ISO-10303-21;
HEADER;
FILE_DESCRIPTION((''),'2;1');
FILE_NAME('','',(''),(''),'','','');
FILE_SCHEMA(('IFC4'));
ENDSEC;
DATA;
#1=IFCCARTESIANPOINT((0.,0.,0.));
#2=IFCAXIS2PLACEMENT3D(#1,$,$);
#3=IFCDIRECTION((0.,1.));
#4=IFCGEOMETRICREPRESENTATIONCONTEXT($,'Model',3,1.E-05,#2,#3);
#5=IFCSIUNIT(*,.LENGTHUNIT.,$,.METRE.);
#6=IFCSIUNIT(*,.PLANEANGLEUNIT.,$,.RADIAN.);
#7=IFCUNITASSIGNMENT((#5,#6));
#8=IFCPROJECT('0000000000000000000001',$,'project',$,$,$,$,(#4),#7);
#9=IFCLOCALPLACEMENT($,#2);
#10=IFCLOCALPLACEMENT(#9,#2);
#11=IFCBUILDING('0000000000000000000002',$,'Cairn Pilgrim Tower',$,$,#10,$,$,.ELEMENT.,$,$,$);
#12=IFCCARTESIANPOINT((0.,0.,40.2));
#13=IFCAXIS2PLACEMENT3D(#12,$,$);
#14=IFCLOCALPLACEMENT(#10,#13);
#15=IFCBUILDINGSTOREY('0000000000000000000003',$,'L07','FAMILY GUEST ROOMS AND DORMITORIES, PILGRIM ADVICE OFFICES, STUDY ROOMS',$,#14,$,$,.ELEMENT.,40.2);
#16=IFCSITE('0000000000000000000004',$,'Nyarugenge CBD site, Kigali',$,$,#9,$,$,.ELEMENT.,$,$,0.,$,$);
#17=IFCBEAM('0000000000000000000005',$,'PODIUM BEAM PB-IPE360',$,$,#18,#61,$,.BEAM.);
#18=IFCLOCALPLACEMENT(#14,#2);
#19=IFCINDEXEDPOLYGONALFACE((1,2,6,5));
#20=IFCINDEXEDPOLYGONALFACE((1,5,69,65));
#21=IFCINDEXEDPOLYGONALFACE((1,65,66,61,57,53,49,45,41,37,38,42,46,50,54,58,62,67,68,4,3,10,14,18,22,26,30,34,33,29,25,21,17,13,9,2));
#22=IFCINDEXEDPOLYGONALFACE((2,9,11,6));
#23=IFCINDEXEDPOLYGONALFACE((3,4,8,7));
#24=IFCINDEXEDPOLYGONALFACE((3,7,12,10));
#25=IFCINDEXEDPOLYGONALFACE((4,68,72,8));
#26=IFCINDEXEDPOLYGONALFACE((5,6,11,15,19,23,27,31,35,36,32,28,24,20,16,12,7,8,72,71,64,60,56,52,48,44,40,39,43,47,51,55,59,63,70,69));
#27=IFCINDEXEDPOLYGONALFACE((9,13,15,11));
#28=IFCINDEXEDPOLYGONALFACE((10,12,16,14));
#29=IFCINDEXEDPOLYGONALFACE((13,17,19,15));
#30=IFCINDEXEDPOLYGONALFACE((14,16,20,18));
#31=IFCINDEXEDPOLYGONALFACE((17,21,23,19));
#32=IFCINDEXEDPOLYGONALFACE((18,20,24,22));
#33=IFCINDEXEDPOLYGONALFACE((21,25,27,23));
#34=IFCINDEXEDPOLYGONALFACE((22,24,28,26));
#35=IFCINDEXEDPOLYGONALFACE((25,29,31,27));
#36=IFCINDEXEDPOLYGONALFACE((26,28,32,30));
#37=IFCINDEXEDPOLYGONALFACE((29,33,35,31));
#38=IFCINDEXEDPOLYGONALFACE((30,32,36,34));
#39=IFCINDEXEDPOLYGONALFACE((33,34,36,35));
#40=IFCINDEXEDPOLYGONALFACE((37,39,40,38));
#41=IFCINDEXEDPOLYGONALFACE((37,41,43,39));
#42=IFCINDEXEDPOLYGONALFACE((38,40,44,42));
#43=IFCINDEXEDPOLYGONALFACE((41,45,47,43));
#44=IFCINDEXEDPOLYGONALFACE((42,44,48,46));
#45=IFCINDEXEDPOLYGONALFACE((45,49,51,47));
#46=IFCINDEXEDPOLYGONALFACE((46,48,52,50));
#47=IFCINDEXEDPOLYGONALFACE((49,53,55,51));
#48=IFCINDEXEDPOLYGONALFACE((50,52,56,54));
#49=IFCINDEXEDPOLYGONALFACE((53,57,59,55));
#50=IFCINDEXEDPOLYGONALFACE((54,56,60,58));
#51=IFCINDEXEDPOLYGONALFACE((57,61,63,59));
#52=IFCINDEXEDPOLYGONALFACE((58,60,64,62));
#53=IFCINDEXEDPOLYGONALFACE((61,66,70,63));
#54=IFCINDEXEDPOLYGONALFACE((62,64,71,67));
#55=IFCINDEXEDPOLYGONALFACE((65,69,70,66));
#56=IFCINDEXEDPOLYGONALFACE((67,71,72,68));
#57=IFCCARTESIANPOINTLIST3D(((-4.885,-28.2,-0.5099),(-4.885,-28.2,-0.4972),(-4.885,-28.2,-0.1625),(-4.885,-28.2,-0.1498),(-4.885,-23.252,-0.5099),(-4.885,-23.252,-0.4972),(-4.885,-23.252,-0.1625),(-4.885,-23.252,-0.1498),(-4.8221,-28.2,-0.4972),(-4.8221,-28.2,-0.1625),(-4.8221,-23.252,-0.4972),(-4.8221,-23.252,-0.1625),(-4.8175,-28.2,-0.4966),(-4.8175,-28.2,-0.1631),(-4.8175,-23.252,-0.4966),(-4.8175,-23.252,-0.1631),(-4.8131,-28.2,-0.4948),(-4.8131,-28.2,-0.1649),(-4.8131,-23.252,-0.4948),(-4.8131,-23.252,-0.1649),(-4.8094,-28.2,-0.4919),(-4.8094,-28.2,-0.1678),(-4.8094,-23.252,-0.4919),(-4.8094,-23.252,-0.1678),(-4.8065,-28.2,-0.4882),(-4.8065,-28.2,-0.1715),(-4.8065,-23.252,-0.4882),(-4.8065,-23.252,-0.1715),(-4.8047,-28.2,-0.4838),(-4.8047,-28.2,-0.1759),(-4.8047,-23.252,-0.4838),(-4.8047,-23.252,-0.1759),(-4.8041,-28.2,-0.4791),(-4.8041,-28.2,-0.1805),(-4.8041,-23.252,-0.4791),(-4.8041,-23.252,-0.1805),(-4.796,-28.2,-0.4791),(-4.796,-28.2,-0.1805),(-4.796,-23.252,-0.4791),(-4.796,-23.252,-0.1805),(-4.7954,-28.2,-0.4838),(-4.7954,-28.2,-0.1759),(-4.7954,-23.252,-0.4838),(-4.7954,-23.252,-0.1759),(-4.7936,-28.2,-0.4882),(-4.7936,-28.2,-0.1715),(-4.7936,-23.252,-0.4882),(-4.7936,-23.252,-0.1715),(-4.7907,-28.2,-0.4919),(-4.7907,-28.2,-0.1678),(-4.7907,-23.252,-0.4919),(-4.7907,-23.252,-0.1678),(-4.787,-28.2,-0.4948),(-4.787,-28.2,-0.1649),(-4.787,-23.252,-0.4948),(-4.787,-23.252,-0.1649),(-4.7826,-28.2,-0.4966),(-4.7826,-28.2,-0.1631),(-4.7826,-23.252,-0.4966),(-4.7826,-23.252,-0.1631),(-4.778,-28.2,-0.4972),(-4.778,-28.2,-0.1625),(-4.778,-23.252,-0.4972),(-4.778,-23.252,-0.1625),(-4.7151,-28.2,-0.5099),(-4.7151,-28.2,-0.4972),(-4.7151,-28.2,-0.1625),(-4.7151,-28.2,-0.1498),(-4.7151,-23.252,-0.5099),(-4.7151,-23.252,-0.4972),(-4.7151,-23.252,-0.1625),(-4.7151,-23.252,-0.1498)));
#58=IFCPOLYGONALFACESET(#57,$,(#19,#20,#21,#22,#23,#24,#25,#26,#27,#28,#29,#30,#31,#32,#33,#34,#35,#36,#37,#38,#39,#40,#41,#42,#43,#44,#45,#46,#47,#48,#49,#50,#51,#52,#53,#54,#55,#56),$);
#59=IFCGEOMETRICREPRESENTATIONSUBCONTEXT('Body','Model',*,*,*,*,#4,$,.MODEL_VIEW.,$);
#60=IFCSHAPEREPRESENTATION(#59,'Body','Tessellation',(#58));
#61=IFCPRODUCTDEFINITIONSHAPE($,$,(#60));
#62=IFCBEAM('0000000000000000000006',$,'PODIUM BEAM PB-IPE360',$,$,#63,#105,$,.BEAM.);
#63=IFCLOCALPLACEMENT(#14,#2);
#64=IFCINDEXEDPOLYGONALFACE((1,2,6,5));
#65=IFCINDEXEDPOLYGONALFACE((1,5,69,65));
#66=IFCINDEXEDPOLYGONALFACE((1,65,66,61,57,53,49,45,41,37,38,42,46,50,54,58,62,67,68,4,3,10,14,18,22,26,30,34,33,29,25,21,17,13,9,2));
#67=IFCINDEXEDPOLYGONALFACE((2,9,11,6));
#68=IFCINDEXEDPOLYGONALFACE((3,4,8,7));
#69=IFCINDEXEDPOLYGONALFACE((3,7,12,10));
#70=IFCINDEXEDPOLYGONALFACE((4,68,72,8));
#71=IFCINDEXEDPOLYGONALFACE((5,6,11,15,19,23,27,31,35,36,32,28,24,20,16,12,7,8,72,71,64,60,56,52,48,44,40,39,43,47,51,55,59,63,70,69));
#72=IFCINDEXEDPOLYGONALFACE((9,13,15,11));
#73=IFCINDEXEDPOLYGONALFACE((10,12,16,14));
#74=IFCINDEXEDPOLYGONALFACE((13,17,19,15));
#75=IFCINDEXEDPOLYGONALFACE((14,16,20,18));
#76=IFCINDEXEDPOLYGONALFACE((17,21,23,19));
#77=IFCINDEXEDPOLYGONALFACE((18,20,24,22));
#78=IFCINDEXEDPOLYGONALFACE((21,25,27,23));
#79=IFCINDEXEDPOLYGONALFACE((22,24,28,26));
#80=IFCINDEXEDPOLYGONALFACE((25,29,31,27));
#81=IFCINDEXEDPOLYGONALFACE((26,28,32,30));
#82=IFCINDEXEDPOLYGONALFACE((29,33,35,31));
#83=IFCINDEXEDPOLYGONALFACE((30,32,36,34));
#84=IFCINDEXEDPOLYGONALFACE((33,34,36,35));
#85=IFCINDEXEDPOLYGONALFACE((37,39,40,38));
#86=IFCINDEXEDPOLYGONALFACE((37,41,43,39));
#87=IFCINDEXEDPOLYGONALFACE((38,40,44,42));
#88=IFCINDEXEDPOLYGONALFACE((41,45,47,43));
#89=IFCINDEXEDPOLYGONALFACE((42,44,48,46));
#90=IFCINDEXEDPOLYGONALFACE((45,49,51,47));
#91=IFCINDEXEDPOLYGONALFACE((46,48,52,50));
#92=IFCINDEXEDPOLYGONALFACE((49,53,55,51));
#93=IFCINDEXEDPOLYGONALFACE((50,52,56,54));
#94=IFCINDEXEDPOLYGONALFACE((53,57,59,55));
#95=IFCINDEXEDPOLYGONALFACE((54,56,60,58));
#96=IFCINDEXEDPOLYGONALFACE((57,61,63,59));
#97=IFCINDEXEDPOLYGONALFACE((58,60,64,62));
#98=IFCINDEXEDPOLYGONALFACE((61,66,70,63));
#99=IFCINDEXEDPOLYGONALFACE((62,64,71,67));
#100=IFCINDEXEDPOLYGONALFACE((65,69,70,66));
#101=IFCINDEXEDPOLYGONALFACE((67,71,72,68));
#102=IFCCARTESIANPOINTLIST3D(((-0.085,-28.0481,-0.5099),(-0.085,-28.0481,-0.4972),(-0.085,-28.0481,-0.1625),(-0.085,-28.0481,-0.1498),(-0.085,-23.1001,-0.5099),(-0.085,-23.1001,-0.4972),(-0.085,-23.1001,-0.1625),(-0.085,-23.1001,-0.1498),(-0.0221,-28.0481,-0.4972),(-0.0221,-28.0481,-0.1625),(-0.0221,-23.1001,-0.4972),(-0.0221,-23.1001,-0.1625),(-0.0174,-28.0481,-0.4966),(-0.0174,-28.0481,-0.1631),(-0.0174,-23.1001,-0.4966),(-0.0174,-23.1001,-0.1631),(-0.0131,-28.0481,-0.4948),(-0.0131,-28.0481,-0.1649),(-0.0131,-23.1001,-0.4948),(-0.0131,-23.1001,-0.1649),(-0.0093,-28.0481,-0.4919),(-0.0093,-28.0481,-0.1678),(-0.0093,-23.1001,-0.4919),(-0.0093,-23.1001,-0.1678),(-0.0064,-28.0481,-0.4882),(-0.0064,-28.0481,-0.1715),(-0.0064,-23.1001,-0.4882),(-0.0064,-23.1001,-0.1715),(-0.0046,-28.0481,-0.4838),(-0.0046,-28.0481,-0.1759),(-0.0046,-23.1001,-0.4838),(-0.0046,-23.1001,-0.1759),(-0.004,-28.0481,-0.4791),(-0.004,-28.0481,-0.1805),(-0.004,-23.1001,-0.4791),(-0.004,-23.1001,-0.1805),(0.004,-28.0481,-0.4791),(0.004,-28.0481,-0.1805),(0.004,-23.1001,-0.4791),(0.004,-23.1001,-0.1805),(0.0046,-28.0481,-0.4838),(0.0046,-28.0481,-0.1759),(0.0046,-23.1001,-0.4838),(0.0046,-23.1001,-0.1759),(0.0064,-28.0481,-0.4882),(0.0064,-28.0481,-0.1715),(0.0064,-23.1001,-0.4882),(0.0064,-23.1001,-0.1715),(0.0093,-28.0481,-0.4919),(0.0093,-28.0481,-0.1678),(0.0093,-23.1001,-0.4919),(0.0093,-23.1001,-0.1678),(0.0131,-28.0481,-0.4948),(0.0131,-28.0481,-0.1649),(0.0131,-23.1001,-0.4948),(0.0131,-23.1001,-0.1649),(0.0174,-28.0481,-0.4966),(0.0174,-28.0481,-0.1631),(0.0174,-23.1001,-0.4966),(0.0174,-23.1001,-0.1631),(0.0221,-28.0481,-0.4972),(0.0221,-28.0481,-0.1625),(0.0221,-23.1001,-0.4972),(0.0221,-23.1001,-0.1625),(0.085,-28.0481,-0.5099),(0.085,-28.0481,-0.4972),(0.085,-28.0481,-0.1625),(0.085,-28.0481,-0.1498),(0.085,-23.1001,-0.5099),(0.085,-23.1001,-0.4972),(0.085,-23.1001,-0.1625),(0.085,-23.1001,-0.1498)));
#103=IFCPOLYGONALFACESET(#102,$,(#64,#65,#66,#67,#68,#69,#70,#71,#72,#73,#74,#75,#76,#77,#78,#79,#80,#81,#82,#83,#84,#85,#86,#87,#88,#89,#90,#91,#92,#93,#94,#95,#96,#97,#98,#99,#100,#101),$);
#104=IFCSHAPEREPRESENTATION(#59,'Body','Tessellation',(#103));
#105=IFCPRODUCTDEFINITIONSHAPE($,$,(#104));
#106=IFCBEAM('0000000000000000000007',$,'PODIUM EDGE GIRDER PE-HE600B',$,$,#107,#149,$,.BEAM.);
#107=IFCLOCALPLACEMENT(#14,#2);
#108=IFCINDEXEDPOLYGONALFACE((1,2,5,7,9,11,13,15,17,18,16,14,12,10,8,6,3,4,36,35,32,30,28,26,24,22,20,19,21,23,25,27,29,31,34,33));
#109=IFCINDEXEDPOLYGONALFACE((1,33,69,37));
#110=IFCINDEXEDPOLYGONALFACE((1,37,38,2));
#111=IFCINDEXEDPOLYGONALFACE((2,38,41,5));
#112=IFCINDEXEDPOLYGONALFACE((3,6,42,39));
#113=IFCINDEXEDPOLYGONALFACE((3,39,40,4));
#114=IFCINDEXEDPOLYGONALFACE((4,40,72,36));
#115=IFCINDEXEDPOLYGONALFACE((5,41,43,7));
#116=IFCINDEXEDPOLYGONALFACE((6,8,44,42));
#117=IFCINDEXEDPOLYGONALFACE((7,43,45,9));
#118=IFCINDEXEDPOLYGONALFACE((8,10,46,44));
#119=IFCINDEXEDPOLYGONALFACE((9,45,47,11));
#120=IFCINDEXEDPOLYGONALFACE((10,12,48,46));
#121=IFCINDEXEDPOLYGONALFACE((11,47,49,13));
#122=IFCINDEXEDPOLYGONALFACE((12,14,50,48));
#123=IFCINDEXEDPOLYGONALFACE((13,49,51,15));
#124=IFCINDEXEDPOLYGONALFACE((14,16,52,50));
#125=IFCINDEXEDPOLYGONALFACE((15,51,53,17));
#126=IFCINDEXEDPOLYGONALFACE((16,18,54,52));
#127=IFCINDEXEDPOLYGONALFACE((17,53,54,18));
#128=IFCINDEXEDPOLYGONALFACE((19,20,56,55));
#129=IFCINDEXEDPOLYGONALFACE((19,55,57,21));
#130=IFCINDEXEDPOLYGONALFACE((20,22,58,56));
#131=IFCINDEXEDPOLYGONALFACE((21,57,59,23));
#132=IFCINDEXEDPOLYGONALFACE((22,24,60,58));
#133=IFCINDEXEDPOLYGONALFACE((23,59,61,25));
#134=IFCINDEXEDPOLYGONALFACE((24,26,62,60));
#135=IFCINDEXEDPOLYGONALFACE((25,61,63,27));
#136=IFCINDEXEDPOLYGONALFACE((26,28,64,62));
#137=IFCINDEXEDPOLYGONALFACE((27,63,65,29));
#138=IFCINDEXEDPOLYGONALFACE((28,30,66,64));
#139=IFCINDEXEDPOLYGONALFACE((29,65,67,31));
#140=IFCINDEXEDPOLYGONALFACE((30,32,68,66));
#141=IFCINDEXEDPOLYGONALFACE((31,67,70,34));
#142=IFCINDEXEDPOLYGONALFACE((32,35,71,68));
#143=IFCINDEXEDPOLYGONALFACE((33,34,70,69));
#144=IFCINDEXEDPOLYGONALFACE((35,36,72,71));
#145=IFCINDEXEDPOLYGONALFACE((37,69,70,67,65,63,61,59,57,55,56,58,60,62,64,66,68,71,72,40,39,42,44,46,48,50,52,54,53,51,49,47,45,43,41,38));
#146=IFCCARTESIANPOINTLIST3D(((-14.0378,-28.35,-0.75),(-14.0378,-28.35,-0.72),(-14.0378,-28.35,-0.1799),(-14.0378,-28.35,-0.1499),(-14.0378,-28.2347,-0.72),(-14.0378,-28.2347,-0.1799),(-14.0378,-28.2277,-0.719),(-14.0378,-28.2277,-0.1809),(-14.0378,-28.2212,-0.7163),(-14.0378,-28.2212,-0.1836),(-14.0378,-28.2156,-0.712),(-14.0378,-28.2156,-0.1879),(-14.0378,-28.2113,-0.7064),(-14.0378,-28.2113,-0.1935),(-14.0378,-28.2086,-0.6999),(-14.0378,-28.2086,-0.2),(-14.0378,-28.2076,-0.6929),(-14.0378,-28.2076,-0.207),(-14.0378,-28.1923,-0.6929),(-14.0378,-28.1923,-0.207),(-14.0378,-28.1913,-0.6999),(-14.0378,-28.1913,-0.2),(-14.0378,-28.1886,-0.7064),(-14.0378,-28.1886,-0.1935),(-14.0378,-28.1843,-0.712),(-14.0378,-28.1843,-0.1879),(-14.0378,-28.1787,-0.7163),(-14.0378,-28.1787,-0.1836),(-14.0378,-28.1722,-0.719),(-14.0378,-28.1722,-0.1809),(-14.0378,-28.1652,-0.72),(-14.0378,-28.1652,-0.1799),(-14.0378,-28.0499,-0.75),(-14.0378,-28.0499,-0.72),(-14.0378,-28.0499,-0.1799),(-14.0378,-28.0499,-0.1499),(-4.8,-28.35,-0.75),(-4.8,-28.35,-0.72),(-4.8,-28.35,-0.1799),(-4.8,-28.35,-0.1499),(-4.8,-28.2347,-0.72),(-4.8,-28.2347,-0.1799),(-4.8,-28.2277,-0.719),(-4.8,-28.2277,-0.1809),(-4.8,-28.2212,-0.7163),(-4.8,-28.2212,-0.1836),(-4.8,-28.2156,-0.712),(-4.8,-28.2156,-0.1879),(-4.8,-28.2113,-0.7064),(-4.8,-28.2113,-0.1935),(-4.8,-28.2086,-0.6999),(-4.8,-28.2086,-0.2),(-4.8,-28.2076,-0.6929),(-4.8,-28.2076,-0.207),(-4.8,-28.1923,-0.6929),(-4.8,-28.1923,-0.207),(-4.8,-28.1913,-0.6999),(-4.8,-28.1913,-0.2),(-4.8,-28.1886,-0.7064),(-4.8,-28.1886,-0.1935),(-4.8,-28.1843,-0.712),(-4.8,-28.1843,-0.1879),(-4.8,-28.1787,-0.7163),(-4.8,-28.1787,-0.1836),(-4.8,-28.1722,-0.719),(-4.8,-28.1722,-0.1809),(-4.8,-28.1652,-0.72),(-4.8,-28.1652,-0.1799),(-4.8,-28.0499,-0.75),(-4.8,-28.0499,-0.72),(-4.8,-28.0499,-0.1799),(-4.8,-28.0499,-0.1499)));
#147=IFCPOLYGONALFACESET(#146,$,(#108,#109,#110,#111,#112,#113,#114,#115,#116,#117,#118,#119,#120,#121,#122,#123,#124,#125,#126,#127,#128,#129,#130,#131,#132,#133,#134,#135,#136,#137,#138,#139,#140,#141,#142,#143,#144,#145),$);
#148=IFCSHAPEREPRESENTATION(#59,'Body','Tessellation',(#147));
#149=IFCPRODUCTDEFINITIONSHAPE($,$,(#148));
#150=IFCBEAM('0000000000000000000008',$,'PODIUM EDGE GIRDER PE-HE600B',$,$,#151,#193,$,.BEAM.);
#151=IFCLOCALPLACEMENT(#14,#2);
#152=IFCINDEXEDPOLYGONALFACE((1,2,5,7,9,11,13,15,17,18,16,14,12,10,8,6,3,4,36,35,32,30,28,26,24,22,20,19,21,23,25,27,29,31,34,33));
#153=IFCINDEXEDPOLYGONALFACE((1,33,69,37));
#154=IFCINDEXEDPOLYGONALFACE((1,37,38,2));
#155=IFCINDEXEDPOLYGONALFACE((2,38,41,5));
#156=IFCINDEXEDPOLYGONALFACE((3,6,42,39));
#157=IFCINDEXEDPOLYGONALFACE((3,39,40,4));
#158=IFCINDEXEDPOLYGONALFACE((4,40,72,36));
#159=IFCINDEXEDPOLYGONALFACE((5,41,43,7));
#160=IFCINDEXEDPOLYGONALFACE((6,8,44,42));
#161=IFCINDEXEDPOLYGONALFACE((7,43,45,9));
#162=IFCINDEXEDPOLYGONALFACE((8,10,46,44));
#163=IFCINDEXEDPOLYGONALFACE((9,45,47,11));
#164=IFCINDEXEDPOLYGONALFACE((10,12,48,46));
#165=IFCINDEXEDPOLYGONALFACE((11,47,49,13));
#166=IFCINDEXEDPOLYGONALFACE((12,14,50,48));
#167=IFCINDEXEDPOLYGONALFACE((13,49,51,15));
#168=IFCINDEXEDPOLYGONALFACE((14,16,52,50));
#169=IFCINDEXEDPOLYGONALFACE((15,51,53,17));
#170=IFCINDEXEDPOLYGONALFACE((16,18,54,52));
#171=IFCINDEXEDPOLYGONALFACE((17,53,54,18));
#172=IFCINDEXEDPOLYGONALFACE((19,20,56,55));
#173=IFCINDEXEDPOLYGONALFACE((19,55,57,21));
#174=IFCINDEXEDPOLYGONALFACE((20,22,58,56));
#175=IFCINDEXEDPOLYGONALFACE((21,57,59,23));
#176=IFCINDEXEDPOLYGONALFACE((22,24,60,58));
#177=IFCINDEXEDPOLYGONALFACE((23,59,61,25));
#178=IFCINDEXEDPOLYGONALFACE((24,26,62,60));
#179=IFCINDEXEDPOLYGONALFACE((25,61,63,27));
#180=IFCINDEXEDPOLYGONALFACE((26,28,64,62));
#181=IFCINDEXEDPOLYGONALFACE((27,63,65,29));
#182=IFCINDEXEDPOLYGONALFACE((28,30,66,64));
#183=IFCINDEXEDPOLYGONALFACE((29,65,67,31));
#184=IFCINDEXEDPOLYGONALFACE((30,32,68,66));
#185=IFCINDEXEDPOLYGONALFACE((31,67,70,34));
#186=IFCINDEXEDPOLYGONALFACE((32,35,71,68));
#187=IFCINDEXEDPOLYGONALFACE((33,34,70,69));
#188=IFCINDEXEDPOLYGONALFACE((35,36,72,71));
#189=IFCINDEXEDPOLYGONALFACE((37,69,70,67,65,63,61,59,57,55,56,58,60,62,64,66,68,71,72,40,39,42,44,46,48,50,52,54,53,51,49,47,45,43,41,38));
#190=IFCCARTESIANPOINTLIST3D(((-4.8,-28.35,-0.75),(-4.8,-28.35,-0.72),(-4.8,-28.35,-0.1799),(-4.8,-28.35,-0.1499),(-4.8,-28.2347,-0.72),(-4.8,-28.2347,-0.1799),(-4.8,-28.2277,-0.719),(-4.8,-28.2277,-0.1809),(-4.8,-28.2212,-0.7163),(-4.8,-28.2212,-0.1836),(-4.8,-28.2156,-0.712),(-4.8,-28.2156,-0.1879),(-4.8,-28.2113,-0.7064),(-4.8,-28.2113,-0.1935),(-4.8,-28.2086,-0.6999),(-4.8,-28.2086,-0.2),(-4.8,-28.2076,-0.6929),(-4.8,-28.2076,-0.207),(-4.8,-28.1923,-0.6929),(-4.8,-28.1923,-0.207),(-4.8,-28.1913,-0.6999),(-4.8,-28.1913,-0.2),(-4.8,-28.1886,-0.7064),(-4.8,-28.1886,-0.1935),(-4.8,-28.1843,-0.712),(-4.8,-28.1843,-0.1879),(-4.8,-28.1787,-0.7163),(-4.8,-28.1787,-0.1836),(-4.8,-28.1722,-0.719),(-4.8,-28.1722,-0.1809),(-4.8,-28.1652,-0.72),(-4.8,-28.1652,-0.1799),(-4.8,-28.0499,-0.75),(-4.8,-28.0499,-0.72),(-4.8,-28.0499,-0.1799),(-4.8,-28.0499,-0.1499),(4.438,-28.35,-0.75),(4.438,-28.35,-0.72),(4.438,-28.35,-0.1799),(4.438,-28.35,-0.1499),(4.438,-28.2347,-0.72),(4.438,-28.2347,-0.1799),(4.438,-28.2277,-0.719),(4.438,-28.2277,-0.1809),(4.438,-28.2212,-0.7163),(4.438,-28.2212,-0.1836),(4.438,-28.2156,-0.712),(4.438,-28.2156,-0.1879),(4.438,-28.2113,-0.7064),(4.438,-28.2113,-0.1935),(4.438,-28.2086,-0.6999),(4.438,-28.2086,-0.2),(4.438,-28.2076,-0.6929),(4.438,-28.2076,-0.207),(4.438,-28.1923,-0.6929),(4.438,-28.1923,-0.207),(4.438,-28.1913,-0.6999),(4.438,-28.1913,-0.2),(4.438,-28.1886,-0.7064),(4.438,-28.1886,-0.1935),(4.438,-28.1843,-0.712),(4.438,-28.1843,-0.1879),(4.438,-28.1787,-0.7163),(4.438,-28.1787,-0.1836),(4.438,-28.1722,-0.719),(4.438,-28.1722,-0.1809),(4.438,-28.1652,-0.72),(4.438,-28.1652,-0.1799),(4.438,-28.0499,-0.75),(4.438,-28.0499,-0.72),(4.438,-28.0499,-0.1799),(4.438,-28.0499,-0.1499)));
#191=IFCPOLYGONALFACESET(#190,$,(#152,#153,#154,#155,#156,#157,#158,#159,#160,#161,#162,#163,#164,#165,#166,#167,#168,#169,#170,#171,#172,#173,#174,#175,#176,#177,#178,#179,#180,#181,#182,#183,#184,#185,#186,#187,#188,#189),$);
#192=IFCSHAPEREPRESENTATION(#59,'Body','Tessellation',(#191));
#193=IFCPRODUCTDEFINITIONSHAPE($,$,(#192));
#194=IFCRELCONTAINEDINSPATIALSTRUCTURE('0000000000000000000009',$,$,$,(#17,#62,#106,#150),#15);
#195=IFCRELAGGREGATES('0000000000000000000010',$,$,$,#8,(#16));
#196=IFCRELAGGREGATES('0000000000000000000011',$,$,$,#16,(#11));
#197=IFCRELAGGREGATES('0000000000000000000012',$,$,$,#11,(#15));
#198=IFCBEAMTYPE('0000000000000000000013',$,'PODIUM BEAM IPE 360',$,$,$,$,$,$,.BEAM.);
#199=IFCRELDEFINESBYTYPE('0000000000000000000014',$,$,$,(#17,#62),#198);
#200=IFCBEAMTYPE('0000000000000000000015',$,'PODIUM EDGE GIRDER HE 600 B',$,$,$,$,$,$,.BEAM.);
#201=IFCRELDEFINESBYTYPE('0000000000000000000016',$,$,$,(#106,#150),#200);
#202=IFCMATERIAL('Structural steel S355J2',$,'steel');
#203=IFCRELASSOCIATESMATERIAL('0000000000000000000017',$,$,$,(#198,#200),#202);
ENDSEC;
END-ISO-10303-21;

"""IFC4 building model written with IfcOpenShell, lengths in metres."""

from ifc_helpers import new_model, si_unit, direction, frame, origin, origin_2d, place, context, subcontext, project, spatial, i_section, extrude, material, material_profile, profile_set, type_object, element, save


model = new_model("IFC4")

# Units and contexts
model_context = context("Model", 3, precision=1e-05, world=origin(), true_north=direction((0.0, 1.0)))
body_context = subcontext(model_context, "Body", "Model", "MODEL_VIEW")
ifc_project = project(units=[si_unit("LENGTHUNIT", "METRE"), si_unit("PLANEANGLEUNIT", "RADIAN")], contexts=[model_context])

# Site, building, storey
site_placement = place(None, origin())
site = spatial("IfcSite", under=ifc_project, at=site_placement, Name="Nyarugenge CBD site, Kigali", CompositionType="ELEMENT", RefElevation=0.0)
building_placement = place(site_placement, origin())
building = spatial("IfcBuilding", under=site, at=building_placement, Name="Cairn Pilgrim Tower", CompositionType="ELEMENT")
storey_placement = place(building_placement, frame((0.0, 0.0, 40.2)))
storey = spatial("IfcBuildingStorey", under=building, at=storey_placement, Name="L07", Description="FAMILY GUEST ROOMS AND DORMITORIES, PILGRIM ADVICE OFFICES, STUDY ROOMS", CompositionType="ELEMENT", Elevation=40.2)

# Beams
ifc_material_1 = material(Name="Structural steel S355J2", Category="steel")
ifc_material_profile_1 = material_profile(ifc_material_1, i_section(OverallWidth=0.1699, OverallDepth=0.3601, WebThickness=0.0081, FlangeThickness=0.0127, FilletRadius=0.0181, at=origin_2d()), Name="IPE 360")
ifc_profile_set_1 = profile_set([ifc_material_profile_1], Name="Structural steel S355J2")
beam_type_1 = type_object("IfcBeamType", Name="PODIUM BEAM IPE 360", PredefinedType="BEAM", material=ifc_profile_set_1)
for number, where, z_axis, x_axis, name in (
    (1, (-4.8, -28.2, -0.3298), (0.0, 1.0, 0.0), (-1.0, 0.0, 0.0), "PODIUM BEAM PB-IPE360"),
    (2, (0.0, -28.0481, -0.3298), (0.0, 1.0, 0.0), (-1.0, 0.0, 0.0), "PODIUM BEAM PB-IPE360"),
):
    element("IfcBeam", number, at=place(storey_placement, frame(where, z_axis=z_axis, x_axis=x_axis)), inside=storey, type_object=beam_type_1, Name=name, PredefinedType="BEAM", context=body_context, shape_type="SweptSolid", body=[
        extrude(i_section(OverallWidth=0.1699, OverallDepth=0.3601, WebThickness=0.0081, FlangeThickness=0.0127, FilletRadius=0.0181, at=origin_2d()), origin(), (0.0, 0.0, 1.0), 4.948),
    ])
ifc_material_profile_2 = material_profile(ifc_material_1, i_section(OverallWidth=0.3, OverallDepth=0.6001, WebThickness=0.0154, FlangeThickness=0.03, FilletRadius=0.0271, at=origin_2d()), Name="HEB 600")
ifc_profile_set_2 = profile_set([ifc_material_profile_2], Name="Structural steel S355J2")
beam_type_2 = type_object("IfcBeamType", Name="PODIUM EDGE GIRDER HE 600 B", PredefinedType="BEAM", material=ifc_profile_set_2)
beam_1_placement = place(storey_placement, frame((-14.0378, -28.2, -0.45), z_axis=(1.0, 0.0, 0.0), x_axis=(0.0, 1.0, 0.0)))
element("IfcBeam", 3, at=beam_1_placement, inside=storey, type_object=beam_type_2, Name="PODIUM EDGE GIRDER PE-HE600B", PredefinedType="BEAM", context=body_context, shape_type="SweptSolid", body=[
    extrude(i_section(OverallWidth=0.3, OverallDepth=0.6001, WebThickness=0.0154, FlangeThickness=0.03, FilletRadius=0.0271, at=origin_2d()), origin(), (0.0, 0.0, 1.0), 9.2378),
])
beam_2_placement = place(storey_placement, frame((-4.8, -28.2, -0.45), z_axis=(1.0, 0.0, 0.0), x_axis=(0.0, 1.0, 0.0)))
element("IfcBeam", 4, at=beam_2_placement, inside=storey, type_object=beam_type_2, Name="PODIUM EDGE GIRDER PE-HE600B", PredefinedType="BEAM", context=body_context, shape_type="SweptSolid", body=[
    extrude(i_section(OverallWidth=0.3, OverallDepth=0.6001, WebThickness=0.0154, FlangeThickness=0.03, FilletRadius=0.0271, at=origin_2d()), origin(), (0.0, 0.0, 1.0), 9.238),
])

save(model, "model.ifc")
